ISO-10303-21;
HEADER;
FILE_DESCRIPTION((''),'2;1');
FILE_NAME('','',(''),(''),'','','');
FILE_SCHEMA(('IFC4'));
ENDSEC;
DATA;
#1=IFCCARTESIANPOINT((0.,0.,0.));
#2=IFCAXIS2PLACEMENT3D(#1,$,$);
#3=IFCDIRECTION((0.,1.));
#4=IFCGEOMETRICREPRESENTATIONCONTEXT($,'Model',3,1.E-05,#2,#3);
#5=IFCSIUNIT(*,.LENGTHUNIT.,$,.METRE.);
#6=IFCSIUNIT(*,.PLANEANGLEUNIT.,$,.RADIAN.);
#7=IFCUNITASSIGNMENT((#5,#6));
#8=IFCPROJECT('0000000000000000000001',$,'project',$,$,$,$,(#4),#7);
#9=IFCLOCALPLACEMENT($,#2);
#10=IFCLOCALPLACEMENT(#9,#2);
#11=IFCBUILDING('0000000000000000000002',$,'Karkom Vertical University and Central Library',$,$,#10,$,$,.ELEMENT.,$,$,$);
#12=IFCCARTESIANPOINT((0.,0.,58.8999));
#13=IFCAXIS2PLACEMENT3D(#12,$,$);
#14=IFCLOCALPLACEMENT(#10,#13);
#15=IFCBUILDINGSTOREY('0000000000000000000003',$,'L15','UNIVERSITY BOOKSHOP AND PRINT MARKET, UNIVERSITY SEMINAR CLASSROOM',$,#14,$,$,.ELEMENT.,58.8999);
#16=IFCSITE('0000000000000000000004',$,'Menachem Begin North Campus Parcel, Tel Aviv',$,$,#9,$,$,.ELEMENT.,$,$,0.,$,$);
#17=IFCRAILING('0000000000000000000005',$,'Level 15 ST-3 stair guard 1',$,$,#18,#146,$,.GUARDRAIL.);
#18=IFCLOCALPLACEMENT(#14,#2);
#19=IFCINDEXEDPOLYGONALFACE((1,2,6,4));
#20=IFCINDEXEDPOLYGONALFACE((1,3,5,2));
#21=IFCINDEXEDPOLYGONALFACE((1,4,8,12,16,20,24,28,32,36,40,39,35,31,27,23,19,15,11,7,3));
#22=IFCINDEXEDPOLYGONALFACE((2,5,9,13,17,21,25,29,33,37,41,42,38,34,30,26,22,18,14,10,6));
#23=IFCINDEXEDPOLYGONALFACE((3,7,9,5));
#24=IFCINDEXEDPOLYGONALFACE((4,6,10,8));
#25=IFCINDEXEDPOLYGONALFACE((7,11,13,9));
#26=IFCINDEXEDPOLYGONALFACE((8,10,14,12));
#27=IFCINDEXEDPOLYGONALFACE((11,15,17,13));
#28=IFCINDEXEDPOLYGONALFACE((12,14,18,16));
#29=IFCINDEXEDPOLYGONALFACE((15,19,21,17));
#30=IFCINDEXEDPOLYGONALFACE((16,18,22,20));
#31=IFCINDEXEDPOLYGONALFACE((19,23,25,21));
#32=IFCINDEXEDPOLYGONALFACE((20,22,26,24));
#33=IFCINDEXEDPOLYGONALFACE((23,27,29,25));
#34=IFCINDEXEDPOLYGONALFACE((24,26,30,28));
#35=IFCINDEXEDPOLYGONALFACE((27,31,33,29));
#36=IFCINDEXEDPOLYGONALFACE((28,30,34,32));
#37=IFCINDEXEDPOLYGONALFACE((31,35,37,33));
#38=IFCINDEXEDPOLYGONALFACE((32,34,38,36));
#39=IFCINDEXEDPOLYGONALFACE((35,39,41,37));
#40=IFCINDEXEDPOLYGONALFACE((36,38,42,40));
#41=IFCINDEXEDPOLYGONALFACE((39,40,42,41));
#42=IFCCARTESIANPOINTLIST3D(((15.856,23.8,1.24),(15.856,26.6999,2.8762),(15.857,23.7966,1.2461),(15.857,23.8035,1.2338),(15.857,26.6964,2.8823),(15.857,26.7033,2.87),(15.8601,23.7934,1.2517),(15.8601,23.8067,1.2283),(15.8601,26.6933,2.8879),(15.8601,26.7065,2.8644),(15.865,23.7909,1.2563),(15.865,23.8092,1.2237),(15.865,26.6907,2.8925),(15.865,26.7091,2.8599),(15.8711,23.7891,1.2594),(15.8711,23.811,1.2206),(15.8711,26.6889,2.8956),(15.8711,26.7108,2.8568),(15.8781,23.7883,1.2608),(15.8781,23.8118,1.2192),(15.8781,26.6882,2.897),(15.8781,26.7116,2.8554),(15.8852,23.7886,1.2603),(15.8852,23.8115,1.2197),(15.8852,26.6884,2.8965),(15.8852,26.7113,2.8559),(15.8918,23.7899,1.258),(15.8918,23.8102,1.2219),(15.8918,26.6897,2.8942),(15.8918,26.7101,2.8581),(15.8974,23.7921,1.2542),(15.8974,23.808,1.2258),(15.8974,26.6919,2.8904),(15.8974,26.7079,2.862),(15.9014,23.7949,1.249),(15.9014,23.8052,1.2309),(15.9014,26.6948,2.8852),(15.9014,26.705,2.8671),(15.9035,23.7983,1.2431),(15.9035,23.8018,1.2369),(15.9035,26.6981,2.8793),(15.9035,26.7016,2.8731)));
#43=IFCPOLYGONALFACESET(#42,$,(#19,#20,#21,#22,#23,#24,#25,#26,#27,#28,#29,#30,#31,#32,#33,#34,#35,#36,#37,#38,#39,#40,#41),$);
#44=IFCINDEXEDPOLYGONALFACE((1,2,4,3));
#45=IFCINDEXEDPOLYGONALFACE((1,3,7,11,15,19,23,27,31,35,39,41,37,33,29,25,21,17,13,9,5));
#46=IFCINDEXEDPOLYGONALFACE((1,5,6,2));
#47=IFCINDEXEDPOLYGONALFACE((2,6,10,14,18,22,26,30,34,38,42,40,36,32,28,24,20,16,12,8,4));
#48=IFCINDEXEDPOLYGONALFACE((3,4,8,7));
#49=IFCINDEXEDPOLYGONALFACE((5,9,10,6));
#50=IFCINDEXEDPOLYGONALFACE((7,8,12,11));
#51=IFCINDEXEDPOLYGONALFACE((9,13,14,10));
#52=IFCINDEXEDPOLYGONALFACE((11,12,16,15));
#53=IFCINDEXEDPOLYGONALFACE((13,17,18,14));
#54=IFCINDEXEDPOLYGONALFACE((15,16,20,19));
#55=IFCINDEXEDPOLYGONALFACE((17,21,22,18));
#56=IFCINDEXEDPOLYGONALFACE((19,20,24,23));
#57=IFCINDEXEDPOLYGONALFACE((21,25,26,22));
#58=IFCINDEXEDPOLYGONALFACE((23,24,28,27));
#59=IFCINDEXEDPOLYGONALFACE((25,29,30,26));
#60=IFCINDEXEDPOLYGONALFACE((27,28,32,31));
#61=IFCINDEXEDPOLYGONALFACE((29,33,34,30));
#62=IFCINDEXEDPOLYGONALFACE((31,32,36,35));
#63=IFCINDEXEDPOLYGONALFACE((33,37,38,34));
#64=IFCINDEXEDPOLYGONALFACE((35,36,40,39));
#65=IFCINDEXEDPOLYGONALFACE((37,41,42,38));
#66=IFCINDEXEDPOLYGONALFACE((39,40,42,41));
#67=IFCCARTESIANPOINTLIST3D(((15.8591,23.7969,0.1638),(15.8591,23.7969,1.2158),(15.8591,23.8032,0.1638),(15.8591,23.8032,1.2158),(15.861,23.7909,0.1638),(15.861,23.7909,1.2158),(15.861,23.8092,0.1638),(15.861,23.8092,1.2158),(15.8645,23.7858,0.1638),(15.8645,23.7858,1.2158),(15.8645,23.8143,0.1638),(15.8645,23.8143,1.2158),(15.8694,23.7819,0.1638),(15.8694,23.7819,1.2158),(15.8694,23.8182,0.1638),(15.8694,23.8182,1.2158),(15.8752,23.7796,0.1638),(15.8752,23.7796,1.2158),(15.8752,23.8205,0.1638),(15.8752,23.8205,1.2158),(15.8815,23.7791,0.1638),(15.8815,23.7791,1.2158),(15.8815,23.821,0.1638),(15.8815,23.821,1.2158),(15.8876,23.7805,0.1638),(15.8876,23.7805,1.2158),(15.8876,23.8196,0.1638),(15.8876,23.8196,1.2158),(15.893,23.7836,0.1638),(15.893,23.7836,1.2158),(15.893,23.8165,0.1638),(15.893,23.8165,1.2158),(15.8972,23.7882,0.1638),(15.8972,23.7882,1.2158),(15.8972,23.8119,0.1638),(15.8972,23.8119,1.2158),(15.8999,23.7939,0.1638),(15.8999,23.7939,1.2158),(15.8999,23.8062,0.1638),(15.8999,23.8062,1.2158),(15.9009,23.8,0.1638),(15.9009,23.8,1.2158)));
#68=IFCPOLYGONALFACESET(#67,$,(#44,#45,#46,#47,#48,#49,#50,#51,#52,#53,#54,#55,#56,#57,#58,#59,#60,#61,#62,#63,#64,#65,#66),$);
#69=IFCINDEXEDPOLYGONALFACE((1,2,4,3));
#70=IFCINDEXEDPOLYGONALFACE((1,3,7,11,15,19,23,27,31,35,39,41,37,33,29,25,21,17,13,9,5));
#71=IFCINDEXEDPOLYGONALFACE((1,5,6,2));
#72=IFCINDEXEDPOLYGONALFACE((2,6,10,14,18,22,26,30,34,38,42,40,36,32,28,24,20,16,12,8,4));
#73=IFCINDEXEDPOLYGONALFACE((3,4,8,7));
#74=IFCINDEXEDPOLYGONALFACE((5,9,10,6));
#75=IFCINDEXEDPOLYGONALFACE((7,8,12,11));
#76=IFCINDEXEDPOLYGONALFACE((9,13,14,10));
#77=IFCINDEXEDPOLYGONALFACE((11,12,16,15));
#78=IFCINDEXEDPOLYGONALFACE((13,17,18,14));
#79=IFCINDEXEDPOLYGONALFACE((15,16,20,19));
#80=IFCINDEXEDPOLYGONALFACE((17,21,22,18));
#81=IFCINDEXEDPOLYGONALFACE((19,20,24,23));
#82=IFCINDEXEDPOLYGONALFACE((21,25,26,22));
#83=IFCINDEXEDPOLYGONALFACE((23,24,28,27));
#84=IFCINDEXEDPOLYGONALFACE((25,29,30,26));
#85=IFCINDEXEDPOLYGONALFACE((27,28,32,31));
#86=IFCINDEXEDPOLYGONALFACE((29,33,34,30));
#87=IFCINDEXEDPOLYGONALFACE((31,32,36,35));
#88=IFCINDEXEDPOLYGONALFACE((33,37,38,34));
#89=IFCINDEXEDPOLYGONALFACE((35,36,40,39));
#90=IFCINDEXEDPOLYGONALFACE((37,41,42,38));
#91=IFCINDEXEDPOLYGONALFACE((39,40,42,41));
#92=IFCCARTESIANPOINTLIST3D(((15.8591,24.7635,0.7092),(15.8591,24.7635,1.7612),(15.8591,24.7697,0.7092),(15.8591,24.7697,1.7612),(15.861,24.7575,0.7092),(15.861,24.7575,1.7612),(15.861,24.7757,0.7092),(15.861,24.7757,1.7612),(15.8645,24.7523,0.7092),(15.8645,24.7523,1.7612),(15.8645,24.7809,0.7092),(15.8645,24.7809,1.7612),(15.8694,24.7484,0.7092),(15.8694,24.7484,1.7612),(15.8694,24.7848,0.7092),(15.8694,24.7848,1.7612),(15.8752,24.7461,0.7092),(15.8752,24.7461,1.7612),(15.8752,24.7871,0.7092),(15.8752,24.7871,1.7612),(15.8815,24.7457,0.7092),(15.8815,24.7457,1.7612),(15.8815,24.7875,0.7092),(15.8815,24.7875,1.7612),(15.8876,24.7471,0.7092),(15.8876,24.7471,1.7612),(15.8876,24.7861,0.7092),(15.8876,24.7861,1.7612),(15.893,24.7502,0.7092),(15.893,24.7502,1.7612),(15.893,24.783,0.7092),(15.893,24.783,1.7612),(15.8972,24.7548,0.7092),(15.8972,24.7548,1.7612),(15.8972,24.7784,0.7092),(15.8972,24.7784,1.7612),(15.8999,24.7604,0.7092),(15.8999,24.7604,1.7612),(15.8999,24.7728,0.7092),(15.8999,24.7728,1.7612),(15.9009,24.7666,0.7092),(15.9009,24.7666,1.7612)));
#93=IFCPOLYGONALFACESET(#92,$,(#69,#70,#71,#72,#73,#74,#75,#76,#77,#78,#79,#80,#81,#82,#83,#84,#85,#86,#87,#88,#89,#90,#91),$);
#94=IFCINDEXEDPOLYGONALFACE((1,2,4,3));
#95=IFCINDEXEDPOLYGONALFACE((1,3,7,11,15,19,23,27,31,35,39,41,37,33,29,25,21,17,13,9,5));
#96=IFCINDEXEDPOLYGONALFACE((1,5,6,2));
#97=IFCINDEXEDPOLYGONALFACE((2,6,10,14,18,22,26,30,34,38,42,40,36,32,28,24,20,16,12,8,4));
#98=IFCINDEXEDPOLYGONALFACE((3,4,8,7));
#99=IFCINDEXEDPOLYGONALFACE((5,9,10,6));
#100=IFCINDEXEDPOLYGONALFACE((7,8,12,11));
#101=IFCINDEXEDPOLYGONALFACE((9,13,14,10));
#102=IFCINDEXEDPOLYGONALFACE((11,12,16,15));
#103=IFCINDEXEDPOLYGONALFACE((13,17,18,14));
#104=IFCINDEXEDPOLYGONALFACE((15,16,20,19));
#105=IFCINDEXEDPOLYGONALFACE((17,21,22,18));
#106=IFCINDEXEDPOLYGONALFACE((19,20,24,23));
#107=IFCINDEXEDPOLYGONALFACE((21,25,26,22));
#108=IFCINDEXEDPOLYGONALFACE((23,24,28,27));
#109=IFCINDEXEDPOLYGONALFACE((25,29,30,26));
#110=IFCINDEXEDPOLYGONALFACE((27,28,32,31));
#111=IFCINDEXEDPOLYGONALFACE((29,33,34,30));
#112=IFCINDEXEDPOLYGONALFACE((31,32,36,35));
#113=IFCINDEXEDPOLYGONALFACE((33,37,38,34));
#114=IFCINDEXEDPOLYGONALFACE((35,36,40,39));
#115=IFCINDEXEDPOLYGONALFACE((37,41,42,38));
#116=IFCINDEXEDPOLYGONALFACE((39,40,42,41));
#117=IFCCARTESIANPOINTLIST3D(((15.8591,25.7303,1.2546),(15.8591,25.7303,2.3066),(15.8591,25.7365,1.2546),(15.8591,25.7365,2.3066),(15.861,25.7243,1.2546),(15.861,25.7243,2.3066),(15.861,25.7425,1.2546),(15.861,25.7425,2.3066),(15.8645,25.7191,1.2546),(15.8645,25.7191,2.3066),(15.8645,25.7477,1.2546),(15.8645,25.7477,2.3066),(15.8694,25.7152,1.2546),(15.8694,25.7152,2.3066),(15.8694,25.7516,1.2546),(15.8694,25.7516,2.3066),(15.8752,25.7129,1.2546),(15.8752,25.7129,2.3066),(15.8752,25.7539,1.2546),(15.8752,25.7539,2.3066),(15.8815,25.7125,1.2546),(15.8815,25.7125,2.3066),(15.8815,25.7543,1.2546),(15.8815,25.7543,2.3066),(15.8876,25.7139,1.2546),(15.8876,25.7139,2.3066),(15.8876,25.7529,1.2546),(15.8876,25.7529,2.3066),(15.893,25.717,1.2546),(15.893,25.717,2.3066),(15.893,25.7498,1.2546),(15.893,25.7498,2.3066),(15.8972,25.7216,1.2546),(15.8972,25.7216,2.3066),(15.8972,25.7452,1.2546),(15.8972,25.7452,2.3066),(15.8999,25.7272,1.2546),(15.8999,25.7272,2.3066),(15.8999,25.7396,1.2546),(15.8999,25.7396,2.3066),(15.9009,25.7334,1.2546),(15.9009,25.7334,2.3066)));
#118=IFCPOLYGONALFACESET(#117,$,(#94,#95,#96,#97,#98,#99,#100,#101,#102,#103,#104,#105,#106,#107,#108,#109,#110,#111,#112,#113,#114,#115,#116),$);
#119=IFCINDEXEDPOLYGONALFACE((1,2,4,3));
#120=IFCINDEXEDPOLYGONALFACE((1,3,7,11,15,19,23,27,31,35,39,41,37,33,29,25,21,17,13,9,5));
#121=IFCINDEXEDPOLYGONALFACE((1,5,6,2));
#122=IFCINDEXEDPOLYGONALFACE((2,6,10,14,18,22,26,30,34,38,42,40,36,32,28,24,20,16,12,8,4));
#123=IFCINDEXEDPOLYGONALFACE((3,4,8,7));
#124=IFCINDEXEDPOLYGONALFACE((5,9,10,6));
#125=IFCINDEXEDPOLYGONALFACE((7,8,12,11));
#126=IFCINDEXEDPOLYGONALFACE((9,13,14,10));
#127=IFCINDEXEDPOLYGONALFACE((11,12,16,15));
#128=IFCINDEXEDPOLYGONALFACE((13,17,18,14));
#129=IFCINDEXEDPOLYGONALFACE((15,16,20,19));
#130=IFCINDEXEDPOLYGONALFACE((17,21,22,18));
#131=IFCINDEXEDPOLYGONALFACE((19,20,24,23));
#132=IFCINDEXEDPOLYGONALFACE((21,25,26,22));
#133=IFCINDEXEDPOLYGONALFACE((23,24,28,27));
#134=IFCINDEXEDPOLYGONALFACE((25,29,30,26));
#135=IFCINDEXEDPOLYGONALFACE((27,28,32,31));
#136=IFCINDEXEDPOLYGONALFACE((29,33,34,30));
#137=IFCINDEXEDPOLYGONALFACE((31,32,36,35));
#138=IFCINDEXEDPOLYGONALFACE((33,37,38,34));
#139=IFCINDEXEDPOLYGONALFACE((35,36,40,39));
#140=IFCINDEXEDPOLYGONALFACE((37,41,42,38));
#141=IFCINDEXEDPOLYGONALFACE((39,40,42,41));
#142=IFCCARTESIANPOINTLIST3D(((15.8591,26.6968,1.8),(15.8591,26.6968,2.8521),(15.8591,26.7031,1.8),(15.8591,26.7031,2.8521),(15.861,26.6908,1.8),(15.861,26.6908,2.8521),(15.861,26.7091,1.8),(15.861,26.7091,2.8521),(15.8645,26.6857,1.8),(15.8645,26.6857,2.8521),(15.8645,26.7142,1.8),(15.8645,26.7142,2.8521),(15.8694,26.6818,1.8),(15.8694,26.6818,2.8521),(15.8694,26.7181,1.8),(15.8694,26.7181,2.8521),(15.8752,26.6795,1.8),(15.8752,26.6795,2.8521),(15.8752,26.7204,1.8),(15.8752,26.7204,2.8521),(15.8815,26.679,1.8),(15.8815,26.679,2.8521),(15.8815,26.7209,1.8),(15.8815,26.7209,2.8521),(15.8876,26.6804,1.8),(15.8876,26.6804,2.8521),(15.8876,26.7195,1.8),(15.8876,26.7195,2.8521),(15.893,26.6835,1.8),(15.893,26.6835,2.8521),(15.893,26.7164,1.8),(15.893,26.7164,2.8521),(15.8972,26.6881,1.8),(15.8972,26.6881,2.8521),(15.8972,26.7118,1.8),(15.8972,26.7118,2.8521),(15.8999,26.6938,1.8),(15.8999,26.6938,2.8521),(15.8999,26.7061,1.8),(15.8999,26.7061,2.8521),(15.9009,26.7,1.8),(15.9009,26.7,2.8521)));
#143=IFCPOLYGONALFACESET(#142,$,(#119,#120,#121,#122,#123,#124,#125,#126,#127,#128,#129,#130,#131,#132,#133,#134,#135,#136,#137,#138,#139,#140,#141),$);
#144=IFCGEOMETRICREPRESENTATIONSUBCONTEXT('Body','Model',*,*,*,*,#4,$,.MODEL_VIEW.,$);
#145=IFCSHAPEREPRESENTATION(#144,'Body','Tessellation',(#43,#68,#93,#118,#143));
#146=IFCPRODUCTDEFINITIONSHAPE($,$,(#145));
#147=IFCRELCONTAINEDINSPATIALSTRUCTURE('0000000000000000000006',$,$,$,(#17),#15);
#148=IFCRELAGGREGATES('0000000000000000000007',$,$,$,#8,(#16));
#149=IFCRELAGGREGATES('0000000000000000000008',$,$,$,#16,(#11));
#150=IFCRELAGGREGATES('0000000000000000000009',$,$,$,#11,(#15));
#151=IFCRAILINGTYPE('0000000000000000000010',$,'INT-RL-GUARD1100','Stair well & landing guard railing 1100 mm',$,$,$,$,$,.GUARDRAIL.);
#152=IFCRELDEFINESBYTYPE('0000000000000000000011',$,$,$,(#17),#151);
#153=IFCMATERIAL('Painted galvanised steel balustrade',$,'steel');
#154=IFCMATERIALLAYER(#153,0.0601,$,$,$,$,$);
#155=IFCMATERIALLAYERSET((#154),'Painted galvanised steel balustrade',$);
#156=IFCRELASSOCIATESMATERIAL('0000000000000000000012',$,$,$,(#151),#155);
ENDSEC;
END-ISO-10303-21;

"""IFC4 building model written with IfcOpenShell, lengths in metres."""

from ifc_helpers import new_model, si_unit, direction, frame, origin, origin_2d, place, context, subcontext, project, spatial, circle, extrude, material, layer, layer_set, type_object, element, save


model = new_model("IFC4")

# Units and contexts
model_context = context("Model", 3, precision=1e-05, world=origin(), true_north=direction((0.0, 1.0)))
body_context = subcontext(model_context, "Body", "Model", "MODEL_VIEW")
ifc_project = project(units=[si_unit("LENGTHUNIT", "METRE"), si_unit("PLANEANGLEUNIT", "RADIAN")], contexts=[model_context])

# Site, building, storey
site_placement = place(None, origin())
site = spatial("IfcSite", under=ifc_project, at=site_placement, Name="Menachem Begin North Campus Parcel, Tel Aviv", CompositionType="ELEMENT", RefElevation=0.0)
building_placement = place(site_placement, origin())
building = spatial("IfcBuilding", under=site, at=building_placement, Name="Karkom Vertical University and Central Library", CompositionType="ELEMENT")
storey_placement = place(building_placement, frame((0.0, 0.0, 58.8999)))
storey = spatial("IfcBuildingStorey", under=building, at=storey_placement, Name="L15", Description="UNIVERSITY BOOKSHOP AND PRINT MARKET, UNIVERSITY SEMINAR CLASSROOM", CompositionType="ELEMENT", Elevation=58.8999)

# Railing
ifc_material_1 = material(Name="Painted galvanised steel balustrade", Category="steel")
ifc_layer_1 = layer(ifc_material_1, 0.0601)
ifc_layer_set_1 = layer_set([ifc_layer_1], Name="Painted galvanised steel balustrade")
railing_type_1 = type_object("IfcRailingType", Name="INT-RL-GUARD1100", Description="Stair well & landing guard railing 1100 mm", PredefinedType="GUARDRAIL", material=ifc_layer_set_1)
railing_1_placement = place(storey_placement, frame((15.8799, 23.8, 0.1638)))
element("IfcRailing", 1, at=railing_1_placement, inside=storey, type_object=railing_type_1, Name="Level 15 ST-3 stair guard 1", PredefinedType="GUARDRAIL", context=body_context, shape_type="SweptSolid", body=[
    extrude(circle(Radius=0.0239, at=origin_2d()), frame((0.0, 0.0, 1.0762), z_axis=(0.0, 0.870929, 0.49141), x_axis=(-1.0, 0.0, 0.0)), (0.0, 0.0, 1.0), 3.3296),
    extrude(circle(Radius=0.021, at=origin_2d()), origin(), (0.0, 0.0, 1.0), 1.052),
    extrude(circle(Radius=0.021, at=origin_2d()), frame((0.0, 0.9666, 0.5454)), (0.0, 0.0, 1.0), 1.052),
    extrude(circle(Radius=0.021, at=origin_2d()), frame((0.0, 1.9333, 1.0908)), (0.0, 0.0, 1.0), 1.052),
    extrude(circle(Radius=0.021, at=origin_2d()), frame((0.0, 2.8999, 1.6362)), (0.0, 0.0, 1.0), 1.052),
])

save(model, "model.ifc")
